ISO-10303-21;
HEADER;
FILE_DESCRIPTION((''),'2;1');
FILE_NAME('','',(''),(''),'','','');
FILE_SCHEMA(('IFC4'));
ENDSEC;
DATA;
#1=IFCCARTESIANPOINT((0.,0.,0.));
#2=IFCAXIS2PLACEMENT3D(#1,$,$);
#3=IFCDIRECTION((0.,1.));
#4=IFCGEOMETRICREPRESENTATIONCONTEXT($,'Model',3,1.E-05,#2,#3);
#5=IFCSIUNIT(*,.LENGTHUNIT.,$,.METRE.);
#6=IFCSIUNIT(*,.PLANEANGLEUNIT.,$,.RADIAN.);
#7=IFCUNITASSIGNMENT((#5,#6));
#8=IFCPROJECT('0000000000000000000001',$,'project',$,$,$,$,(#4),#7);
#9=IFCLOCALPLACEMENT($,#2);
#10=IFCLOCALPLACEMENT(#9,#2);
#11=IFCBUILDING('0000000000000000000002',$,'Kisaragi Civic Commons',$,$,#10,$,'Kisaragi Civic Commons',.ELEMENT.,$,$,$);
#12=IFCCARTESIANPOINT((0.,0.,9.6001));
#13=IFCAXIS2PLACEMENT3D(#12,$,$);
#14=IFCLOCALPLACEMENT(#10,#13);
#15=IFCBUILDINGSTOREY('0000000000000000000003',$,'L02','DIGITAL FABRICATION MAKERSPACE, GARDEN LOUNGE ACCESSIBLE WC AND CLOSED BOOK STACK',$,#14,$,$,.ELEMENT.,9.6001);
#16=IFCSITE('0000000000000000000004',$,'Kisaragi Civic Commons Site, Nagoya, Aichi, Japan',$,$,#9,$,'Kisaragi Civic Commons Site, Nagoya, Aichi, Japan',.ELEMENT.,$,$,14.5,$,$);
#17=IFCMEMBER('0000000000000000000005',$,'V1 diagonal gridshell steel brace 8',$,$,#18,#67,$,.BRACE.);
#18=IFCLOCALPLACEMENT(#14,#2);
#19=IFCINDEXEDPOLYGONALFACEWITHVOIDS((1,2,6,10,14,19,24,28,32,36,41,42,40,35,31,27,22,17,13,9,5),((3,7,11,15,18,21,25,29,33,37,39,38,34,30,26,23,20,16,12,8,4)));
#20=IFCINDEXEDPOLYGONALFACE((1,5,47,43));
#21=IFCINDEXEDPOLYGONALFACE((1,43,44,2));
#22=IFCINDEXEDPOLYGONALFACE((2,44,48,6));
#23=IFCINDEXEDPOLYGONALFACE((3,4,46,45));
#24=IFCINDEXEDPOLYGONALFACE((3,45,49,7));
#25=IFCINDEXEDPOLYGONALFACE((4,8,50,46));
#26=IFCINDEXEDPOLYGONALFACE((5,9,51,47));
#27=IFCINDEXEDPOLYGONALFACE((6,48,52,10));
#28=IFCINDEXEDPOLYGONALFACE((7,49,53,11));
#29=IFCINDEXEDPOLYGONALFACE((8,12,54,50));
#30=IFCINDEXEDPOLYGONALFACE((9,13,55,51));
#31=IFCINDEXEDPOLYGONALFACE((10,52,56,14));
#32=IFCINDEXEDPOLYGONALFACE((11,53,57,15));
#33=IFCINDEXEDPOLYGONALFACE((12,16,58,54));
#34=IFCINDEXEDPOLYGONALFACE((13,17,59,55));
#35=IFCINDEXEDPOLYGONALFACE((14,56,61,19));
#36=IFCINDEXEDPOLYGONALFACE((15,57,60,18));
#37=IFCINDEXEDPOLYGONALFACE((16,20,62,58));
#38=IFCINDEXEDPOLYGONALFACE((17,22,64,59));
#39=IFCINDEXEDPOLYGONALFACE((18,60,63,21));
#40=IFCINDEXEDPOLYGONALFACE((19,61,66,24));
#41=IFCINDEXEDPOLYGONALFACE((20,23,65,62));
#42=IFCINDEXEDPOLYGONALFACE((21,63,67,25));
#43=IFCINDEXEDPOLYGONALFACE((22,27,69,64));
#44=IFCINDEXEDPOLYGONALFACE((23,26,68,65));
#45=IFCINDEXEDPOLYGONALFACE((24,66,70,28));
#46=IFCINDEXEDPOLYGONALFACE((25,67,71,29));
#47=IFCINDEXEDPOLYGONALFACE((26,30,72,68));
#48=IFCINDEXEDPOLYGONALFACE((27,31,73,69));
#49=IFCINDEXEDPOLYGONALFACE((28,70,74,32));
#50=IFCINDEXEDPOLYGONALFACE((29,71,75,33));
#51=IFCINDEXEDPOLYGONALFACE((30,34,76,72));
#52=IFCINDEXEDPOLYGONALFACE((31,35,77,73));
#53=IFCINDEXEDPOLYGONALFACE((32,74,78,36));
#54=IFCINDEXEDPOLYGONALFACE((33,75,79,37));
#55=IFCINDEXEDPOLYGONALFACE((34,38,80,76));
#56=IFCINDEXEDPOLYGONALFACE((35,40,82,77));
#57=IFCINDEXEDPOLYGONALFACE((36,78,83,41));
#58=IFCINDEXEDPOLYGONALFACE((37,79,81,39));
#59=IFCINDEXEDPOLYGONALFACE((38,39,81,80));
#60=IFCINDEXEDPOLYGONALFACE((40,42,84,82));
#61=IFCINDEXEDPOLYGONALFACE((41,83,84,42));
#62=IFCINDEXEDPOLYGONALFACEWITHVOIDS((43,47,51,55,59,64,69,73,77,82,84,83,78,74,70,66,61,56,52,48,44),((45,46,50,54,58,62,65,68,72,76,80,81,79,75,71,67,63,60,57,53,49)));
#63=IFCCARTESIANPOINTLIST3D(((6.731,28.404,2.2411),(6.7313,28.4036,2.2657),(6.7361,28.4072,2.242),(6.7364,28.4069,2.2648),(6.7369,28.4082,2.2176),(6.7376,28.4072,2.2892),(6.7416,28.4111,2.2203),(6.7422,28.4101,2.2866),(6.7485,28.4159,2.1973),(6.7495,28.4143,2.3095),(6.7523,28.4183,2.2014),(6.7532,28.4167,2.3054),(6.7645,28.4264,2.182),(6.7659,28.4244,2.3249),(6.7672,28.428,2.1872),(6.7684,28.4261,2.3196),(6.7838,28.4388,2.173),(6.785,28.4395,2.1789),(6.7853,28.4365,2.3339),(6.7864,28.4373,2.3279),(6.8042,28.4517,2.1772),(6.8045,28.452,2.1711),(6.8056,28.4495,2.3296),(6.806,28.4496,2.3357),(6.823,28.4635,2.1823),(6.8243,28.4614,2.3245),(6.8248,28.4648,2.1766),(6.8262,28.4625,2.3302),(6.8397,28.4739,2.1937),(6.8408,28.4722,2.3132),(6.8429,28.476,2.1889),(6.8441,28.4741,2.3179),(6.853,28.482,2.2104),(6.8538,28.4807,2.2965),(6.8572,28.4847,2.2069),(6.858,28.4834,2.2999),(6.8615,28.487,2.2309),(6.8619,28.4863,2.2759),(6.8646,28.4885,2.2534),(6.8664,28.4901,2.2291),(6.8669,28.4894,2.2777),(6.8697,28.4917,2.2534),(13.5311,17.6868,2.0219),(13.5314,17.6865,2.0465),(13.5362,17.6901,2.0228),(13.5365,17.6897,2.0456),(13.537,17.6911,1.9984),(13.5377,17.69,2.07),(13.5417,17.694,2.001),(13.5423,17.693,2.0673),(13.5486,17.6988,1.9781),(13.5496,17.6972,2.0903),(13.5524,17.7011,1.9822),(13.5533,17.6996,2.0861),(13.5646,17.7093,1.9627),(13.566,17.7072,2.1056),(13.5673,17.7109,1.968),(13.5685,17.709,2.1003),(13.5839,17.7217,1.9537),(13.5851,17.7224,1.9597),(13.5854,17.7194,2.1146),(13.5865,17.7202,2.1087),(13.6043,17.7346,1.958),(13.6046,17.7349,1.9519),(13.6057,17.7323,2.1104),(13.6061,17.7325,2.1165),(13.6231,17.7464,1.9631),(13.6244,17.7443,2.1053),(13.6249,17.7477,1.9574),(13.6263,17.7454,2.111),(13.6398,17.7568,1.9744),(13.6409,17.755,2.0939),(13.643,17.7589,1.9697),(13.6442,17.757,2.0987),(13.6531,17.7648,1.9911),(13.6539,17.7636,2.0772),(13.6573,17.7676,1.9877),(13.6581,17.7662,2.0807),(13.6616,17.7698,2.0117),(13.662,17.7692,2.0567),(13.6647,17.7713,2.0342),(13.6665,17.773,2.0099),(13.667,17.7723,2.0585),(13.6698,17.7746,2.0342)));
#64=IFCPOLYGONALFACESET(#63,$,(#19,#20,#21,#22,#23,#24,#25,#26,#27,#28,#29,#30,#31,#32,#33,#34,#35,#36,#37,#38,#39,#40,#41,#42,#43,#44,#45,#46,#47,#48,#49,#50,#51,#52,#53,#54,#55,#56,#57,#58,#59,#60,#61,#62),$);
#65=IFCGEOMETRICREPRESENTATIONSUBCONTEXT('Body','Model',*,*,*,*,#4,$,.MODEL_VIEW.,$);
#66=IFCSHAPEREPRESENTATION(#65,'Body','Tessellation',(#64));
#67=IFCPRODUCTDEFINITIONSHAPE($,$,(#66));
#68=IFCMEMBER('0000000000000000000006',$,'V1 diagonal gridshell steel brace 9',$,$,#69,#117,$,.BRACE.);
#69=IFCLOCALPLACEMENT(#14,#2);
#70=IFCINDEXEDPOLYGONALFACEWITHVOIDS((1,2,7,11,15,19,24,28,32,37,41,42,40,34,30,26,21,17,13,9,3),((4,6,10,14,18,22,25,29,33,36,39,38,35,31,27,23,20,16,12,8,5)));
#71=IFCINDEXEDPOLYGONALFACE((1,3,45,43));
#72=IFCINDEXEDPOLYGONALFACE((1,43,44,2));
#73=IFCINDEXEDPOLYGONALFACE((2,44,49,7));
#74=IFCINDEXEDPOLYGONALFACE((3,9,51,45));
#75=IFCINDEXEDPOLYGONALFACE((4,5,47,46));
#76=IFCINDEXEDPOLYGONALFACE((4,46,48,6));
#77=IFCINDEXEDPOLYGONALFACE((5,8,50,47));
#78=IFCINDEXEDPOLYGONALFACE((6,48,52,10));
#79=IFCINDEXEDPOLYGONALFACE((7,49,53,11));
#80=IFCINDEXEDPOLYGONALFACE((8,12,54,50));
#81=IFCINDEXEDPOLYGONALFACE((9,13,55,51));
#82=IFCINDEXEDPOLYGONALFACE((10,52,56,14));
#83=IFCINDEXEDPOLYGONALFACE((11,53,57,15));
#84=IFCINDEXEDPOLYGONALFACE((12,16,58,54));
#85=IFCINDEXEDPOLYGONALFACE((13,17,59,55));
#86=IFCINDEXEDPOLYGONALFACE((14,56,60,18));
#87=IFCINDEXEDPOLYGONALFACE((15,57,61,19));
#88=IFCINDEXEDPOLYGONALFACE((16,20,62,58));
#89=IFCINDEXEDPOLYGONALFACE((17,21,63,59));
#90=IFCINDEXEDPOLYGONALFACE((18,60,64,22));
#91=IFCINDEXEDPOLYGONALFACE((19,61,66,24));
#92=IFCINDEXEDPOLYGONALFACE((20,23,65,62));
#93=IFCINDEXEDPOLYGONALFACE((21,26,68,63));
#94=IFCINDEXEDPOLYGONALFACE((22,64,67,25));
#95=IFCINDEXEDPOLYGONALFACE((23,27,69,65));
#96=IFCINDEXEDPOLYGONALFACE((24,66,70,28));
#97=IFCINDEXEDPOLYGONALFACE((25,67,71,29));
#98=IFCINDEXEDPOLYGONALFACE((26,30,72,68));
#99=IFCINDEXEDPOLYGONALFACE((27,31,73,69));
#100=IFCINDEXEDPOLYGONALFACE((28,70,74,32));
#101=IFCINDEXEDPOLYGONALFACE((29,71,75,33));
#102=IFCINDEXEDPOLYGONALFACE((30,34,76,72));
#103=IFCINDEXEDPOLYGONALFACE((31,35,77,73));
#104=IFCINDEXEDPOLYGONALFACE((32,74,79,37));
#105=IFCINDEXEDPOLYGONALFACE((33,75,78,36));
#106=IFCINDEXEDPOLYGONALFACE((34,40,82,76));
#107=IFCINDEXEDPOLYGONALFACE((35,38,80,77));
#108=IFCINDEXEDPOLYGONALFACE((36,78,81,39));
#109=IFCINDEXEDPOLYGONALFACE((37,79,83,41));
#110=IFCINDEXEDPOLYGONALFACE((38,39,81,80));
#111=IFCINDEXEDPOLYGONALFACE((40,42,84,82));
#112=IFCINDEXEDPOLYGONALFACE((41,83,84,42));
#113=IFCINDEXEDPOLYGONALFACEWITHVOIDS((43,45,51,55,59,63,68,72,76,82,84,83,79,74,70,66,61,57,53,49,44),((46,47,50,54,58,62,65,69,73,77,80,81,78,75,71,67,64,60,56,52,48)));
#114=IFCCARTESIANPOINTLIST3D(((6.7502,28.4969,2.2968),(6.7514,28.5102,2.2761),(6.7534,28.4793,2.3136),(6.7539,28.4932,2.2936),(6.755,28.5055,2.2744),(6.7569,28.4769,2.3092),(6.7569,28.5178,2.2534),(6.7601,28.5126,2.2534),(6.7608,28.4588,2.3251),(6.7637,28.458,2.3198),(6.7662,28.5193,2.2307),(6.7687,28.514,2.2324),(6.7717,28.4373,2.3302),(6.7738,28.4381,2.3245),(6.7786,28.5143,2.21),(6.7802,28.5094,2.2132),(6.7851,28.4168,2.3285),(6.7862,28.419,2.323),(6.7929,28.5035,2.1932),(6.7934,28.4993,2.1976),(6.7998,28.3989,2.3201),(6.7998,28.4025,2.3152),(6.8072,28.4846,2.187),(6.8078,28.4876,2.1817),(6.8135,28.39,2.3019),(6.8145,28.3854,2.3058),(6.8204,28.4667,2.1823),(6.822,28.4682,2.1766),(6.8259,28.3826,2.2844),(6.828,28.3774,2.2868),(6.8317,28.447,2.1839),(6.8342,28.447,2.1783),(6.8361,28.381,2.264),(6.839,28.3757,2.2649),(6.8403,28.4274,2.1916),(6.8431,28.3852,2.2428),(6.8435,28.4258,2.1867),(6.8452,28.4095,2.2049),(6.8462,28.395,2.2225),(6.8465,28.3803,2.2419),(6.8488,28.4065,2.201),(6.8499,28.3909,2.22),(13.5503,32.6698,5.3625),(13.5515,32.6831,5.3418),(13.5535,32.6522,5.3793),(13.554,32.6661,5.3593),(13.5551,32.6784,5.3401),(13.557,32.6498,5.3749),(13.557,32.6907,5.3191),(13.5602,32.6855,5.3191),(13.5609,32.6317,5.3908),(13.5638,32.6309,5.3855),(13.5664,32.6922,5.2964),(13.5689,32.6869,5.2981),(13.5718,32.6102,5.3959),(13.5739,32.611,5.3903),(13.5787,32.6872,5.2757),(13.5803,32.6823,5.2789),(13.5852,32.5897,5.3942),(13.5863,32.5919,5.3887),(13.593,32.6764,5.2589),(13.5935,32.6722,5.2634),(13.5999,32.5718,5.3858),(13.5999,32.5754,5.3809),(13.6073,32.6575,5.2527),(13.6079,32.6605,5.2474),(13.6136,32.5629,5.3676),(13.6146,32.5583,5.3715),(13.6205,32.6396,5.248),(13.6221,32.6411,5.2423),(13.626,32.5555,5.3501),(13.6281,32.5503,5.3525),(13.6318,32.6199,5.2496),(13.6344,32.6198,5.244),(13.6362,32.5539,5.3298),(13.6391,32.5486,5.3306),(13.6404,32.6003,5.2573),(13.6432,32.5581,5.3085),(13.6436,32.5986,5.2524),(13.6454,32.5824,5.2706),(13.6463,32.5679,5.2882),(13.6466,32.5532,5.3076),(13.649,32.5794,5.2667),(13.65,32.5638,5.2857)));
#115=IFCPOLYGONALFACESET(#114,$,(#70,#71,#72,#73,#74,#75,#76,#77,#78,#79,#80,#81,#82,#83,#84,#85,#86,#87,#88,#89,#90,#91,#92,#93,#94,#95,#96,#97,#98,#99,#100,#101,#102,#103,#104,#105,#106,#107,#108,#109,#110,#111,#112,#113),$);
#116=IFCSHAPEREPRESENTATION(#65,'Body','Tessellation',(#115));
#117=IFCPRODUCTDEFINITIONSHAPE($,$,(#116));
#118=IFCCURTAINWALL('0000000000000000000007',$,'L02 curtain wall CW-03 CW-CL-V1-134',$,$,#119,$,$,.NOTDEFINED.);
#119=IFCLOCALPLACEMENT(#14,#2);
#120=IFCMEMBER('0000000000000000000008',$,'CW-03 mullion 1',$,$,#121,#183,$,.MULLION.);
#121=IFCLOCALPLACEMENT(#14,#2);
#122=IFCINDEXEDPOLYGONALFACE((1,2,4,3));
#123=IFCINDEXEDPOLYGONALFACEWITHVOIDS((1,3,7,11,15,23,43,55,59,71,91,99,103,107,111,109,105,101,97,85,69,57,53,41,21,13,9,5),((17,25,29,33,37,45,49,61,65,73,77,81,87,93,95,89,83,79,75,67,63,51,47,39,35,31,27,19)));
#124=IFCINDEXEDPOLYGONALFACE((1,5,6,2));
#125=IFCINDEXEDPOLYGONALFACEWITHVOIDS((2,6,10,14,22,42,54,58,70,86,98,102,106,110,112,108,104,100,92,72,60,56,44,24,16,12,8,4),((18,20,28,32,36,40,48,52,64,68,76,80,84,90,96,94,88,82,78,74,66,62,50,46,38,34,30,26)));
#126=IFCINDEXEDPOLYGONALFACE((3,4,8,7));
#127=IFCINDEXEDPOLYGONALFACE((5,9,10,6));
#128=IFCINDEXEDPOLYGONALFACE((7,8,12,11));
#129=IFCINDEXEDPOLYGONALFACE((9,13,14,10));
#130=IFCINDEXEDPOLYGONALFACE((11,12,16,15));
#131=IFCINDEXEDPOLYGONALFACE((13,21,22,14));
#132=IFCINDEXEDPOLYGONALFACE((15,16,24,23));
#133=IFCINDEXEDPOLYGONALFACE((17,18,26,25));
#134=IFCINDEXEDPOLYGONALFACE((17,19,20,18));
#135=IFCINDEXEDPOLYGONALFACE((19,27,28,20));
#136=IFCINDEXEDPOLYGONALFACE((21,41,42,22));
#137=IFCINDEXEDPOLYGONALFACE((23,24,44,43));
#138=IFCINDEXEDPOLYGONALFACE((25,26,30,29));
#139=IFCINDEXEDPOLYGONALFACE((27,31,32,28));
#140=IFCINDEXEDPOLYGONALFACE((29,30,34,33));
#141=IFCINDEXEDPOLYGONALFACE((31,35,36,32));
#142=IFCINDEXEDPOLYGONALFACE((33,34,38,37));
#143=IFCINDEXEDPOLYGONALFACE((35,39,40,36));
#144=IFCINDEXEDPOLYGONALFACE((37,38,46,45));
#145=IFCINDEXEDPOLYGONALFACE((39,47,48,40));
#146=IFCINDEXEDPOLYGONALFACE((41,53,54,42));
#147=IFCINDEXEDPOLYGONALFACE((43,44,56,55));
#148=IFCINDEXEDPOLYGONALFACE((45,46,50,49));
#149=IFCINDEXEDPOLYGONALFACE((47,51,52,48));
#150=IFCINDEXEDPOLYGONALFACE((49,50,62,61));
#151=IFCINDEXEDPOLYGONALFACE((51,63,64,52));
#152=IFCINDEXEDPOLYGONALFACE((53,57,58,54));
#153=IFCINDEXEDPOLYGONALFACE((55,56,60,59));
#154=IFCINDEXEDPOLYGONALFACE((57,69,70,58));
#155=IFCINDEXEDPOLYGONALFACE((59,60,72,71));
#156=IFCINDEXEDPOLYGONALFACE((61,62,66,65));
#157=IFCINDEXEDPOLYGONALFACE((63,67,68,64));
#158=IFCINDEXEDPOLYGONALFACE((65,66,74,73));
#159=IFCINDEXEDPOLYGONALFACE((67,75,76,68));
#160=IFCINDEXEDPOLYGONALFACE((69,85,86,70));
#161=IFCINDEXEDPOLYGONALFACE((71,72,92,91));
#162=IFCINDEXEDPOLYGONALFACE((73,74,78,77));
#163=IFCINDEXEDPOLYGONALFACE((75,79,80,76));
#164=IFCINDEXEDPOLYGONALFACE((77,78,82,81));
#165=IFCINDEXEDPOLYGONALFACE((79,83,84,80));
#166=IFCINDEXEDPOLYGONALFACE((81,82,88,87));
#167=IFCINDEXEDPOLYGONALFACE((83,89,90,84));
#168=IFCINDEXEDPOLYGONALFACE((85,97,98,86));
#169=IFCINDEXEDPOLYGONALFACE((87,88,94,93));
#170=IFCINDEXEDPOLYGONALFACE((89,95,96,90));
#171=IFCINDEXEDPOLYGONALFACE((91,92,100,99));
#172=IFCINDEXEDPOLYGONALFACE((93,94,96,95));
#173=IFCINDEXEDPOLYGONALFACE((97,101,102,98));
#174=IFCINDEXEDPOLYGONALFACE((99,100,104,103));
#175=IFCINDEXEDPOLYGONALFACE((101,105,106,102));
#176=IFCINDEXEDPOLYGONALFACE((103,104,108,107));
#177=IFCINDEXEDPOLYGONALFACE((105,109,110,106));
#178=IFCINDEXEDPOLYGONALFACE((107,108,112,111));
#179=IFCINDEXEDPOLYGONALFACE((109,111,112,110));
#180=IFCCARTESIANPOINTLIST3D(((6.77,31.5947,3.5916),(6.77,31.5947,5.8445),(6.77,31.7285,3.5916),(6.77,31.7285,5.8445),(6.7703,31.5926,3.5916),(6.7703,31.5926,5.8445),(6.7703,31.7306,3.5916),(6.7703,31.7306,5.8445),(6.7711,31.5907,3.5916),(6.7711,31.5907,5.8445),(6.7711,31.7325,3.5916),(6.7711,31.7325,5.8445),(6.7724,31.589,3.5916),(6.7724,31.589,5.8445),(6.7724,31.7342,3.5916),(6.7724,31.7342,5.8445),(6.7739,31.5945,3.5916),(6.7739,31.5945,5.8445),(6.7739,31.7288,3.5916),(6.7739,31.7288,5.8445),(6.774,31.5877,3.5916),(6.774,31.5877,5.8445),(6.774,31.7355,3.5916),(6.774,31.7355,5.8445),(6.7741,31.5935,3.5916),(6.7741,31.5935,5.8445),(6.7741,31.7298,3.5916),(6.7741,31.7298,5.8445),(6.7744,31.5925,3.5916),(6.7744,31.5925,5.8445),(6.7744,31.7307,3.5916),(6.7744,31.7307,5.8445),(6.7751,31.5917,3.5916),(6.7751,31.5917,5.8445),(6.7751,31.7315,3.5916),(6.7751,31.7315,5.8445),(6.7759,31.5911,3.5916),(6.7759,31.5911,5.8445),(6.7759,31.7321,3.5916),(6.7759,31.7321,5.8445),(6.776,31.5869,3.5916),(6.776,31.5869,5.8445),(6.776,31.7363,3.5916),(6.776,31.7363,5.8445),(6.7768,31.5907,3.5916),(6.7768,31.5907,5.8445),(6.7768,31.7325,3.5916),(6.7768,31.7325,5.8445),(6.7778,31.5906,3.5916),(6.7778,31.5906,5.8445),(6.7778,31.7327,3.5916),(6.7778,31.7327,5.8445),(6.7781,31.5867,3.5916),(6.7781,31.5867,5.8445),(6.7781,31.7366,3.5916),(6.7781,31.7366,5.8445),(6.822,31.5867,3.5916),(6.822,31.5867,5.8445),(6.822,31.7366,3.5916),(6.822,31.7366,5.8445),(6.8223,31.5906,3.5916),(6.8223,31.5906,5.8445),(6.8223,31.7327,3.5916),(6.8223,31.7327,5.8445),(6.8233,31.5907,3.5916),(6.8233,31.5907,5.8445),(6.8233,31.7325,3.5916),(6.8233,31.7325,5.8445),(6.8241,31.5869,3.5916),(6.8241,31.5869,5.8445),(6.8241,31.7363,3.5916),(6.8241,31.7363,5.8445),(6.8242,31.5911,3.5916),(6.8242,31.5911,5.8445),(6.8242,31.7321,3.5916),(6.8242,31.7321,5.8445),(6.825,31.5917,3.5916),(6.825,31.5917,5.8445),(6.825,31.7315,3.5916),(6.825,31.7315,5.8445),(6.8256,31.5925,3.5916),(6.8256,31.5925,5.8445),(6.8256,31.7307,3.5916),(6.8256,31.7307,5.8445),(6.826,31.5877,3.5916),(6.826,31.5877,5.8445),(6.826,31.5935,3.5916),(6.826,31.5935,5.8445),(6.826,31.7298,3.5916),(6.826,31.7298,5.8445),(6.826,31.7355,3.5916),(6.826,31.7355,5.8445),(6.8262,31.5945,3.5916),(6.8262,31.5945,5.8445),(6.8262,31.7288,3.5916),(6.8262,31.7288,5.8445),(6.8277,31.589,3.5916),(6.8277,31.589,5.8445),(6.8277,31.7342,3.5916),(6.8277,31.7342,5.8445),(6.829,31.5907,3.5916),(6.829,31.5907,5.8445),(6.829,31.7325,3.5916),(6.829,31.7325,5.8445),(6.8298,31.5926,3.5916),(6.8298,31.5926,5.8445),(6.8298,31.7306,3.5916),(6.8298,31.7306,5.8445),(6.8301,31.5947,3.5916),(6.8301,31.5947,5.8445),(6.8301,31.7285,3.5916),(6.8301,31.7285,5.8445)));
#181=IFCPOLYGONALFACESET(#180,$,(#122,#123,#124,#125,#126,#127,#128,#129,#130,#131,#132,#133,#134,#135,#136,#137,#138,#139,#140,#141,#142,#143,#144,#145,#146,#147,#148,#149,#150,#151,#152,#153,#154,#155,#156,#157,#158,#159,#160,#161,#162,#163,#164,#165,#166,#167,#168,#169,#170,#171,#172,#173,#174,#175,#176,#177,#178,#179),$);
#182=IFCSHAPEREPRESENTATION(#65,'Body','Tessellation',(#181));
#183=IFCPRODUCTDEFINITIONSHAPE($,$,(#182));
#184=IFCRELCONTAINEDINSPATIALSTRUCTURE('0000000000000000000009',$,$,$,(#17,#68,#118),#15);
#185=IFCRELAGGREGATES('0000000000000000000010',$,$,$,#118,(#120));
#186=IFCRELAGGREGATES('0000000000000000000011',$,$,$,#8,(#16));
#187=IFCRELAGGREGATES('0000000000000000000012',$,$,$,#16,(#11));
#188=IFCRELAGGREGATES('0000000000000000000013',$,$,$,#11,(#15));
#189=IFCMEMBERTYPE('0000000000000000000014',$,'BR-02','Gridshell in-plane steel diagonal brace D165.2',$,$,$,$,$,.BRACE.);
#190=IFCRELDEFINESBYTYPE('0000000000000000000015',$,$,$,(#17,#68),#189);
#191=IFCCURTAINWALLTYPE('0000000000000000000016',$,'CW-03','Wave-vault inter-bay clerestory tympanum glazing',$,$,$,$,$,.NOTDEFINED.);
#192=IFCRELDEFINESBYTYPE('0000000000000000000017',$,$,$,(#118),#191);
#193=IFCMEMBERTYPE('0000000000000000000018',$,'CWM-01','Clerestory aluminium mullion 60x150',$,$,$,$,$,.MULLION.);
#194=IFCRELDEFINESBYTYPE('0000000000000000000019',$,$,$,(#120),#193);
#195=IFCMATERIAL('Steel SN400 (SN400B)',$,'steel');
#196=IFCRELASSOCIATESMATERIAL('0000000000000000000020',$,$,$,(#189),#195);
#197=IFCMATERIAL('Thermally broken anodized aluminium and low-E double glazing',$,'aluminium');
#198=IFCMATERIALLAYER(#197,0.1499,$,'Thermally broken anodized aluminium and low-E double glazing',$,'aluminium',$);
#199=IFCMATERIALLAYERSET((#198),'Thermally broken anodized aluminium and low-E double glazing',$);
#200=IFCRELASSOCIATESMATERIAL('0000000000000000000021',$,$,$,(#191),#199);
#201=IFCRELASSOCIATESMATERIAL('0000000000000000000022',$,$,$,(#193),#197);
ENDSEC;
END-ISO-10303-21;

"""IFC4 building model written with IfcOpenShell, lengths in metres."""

from ifc_helpers import new_model, si_unit, direction, frame, origin, origin_2d, place, context, subcontext, project, spatial, hollow_rectangle, hollow_circle, extrude, material, layer, layer_set, material_profile, profile_set, type_object, element, aggregate, save


model = new_model("IFC4")

# Units and contexts
model_context = context("Model", 3, precision=1e-05, world=origin(), true_north=direction((0.0, 1.0)))
body_context = subcontext(model_context, "Body", "Model", "MODEL_VIEW")
ifc_project = project(units=[si_unit("LENGTHUNIT", "METRE"), si_unit("PLANEANGLEUNIT", "RADIAN")], contexts=[model_context])

# Site, building, storey
site_placement = place(None, origin())
site = spatial("IfcSite", under=ifc_project, at=site_placement, Name="Kisaragi Civic Commons Site, Nagoya, Aichi, Japan", LongName="Kisaragi Civic Commons Site, Nagoya, Aichi, Japan", CompositionType="ELEMENT", RefElevation=14.5)
building_placement = place(site_placement, origin())
building = spatial("IfcBuilding", under=site, at=building_placement, Name="Kisaragi Civic Commons", LongName="Kisaragi Civic Commons", CompositionType="ELEMENT")
storey_placement = place(building_placement, frame((0.0, 0.0, 9.6001)))
storey = spatial("IfcBuildingStorey", under=building, at=storey_placement, Name="L02", Description="DIGITAL FABRICATION MAKERSPACE, GARDEN LOUNGE ACCESSIBLE WC AND CLOSED BOOK STACK", CompositionType="ELEMENT", Elevation=9.6001)

# Members
ifc_material_1 = material(Name="Steel SN400 (SN400B)", Category="steel")
ifc_material_profile_1 = material_profile(ifc_material_1, hollow_circle(Radius=0.0825, WallThickness=0.0061, at=origin_2d()), Name="CHS-165.2x6.0", Category="steel")
ifc_profile_set_1 = profile_set([ifc_material_profile_1], Name="Steel SN400 (SN400B)")
member_type_1 = type_object("IfcMemberType", Name="BR-02", Description="Gridshell in-plane steel diagonal brace D165.2", PredefinedType="BRACE", material=ifc_profile_set_1)
member_1_placement = place(storey_placement, frame((6.8, 28.4475, 2.2534), z_axis=(0.53568, -0.844244, -0.017271), x_axis=(0.84437, 0.53576, 0.0)))
element("IfcMember", 1, at=member_1_placement, inside=storey, type_object=member_type_1, Name="V1 diagonal gridshell steel brace 8", PredefinedType="BRACE", context=body_context, shape_type="SweptSolid", body=[
    extrude(hollow_circle(Radius=0.0825, WallThickness=0.0061, at=origin_2d()), origin(), (0.0, 0.0, 1.0), 12.6943),
])
member_2_placement = place(storey_placement, frame((6.8, 28.4475, 2.2534), z_axis=(0.795604, 0.488222, 0.358683), x_axis=(-0.523025, 0.852317, 0.0)))
element("IfcMember", 2, at=member_2_placement, inside=storey, type_object=member_type_1, Name="V1 diagonal gridshell steel brace 9", PredefinedType="BRACE", context=body_context, shape_type="SweptSolid", body=[
    extrude(hollow_circle(Radius=0.0825, WallThickness=0.0061, at=origin_2d()), origin(), (0.0, 0.0, 1.0), 8.5471),
])

# Curtain wall, member
ifc_material_2 = material(Name="Thermally broken anodized aluminium and low-E double glazing", Category="aluminium")
ifc_layer_1 = layer(ifc_material_2, 0.1499, Name="Thermally broken anodized aluminium and low-E double glazing", Category="aluminium")
ifc_layer_set_1 = layer_set([ifc_layer_1], Name="Thermally broken anodized aluminium and low-E double glazing")
curtain_wall_type = type_object("IfcCurtainWallType", Name="CW-03", Description="Wave-vault inter-bay clerestory tympanum glazing", PredefinedType="NOTDEFINED", material=ifc_layer_set_1)
curtain_wall_placement = place(storey_placement, origin())
curtain_wall = element("IfcCurtainWall", 3, at=curtain_wall_placement, inside=storey, type_object=curtain_wall_type, Name="L02 curtain wall CW-03 CW-CL-V1-134", PredefinedType="NOTDEFINED")
ifc_material_profile_2 = material_profile(ifc_material_2, hollow_rectangle(XDim=0.0601, YDim=0.1499, WallThickness=0.0039, InnerFilletRadius=0.0039, OuterFilletRadius=0.0081, at=origin_2d()), Name="CWM-60x150x4", Category="aluminium")
ifc_profile_set_2 = profile_set([ifc_material_profile_2], Name="Thermally broken anodized aluminium and low-E double glazing")
member_type_2 = type_object("IfcMemberType", Name="CWM-01", Description="Clerestory aluminium mullion 60x150", PredefinedType="MULLION", material=ifc_profile_set_2)
member_3_placement = place(storey_placement, frame((6.8, 31.6616, 3.5916), z_axis=(0.0, 0.0, 1.0), x_axis=(-1.0, 0.0, 0.0)))
member_3 = element("IfcMember", 4, at=member_3_placement, type_object=member_type_2, Name="CW-03 mullion 1", PredefinedType="MULLION", context=body_context, shape_type="SweptSolid", body=[
    extrude(hollow_rectangle(XDim=0.0601, YDim=0.1499, WallThickness=0.0039, InnerFilletRadius=0.0039, OuterFilletRadius=0.0081, at=origin_2d()), origin(), (0.0, 0.0, 1.0), 2.2529),
])
aggregate(curtain_wall, [member_3])

save(model, "model.ifc")
